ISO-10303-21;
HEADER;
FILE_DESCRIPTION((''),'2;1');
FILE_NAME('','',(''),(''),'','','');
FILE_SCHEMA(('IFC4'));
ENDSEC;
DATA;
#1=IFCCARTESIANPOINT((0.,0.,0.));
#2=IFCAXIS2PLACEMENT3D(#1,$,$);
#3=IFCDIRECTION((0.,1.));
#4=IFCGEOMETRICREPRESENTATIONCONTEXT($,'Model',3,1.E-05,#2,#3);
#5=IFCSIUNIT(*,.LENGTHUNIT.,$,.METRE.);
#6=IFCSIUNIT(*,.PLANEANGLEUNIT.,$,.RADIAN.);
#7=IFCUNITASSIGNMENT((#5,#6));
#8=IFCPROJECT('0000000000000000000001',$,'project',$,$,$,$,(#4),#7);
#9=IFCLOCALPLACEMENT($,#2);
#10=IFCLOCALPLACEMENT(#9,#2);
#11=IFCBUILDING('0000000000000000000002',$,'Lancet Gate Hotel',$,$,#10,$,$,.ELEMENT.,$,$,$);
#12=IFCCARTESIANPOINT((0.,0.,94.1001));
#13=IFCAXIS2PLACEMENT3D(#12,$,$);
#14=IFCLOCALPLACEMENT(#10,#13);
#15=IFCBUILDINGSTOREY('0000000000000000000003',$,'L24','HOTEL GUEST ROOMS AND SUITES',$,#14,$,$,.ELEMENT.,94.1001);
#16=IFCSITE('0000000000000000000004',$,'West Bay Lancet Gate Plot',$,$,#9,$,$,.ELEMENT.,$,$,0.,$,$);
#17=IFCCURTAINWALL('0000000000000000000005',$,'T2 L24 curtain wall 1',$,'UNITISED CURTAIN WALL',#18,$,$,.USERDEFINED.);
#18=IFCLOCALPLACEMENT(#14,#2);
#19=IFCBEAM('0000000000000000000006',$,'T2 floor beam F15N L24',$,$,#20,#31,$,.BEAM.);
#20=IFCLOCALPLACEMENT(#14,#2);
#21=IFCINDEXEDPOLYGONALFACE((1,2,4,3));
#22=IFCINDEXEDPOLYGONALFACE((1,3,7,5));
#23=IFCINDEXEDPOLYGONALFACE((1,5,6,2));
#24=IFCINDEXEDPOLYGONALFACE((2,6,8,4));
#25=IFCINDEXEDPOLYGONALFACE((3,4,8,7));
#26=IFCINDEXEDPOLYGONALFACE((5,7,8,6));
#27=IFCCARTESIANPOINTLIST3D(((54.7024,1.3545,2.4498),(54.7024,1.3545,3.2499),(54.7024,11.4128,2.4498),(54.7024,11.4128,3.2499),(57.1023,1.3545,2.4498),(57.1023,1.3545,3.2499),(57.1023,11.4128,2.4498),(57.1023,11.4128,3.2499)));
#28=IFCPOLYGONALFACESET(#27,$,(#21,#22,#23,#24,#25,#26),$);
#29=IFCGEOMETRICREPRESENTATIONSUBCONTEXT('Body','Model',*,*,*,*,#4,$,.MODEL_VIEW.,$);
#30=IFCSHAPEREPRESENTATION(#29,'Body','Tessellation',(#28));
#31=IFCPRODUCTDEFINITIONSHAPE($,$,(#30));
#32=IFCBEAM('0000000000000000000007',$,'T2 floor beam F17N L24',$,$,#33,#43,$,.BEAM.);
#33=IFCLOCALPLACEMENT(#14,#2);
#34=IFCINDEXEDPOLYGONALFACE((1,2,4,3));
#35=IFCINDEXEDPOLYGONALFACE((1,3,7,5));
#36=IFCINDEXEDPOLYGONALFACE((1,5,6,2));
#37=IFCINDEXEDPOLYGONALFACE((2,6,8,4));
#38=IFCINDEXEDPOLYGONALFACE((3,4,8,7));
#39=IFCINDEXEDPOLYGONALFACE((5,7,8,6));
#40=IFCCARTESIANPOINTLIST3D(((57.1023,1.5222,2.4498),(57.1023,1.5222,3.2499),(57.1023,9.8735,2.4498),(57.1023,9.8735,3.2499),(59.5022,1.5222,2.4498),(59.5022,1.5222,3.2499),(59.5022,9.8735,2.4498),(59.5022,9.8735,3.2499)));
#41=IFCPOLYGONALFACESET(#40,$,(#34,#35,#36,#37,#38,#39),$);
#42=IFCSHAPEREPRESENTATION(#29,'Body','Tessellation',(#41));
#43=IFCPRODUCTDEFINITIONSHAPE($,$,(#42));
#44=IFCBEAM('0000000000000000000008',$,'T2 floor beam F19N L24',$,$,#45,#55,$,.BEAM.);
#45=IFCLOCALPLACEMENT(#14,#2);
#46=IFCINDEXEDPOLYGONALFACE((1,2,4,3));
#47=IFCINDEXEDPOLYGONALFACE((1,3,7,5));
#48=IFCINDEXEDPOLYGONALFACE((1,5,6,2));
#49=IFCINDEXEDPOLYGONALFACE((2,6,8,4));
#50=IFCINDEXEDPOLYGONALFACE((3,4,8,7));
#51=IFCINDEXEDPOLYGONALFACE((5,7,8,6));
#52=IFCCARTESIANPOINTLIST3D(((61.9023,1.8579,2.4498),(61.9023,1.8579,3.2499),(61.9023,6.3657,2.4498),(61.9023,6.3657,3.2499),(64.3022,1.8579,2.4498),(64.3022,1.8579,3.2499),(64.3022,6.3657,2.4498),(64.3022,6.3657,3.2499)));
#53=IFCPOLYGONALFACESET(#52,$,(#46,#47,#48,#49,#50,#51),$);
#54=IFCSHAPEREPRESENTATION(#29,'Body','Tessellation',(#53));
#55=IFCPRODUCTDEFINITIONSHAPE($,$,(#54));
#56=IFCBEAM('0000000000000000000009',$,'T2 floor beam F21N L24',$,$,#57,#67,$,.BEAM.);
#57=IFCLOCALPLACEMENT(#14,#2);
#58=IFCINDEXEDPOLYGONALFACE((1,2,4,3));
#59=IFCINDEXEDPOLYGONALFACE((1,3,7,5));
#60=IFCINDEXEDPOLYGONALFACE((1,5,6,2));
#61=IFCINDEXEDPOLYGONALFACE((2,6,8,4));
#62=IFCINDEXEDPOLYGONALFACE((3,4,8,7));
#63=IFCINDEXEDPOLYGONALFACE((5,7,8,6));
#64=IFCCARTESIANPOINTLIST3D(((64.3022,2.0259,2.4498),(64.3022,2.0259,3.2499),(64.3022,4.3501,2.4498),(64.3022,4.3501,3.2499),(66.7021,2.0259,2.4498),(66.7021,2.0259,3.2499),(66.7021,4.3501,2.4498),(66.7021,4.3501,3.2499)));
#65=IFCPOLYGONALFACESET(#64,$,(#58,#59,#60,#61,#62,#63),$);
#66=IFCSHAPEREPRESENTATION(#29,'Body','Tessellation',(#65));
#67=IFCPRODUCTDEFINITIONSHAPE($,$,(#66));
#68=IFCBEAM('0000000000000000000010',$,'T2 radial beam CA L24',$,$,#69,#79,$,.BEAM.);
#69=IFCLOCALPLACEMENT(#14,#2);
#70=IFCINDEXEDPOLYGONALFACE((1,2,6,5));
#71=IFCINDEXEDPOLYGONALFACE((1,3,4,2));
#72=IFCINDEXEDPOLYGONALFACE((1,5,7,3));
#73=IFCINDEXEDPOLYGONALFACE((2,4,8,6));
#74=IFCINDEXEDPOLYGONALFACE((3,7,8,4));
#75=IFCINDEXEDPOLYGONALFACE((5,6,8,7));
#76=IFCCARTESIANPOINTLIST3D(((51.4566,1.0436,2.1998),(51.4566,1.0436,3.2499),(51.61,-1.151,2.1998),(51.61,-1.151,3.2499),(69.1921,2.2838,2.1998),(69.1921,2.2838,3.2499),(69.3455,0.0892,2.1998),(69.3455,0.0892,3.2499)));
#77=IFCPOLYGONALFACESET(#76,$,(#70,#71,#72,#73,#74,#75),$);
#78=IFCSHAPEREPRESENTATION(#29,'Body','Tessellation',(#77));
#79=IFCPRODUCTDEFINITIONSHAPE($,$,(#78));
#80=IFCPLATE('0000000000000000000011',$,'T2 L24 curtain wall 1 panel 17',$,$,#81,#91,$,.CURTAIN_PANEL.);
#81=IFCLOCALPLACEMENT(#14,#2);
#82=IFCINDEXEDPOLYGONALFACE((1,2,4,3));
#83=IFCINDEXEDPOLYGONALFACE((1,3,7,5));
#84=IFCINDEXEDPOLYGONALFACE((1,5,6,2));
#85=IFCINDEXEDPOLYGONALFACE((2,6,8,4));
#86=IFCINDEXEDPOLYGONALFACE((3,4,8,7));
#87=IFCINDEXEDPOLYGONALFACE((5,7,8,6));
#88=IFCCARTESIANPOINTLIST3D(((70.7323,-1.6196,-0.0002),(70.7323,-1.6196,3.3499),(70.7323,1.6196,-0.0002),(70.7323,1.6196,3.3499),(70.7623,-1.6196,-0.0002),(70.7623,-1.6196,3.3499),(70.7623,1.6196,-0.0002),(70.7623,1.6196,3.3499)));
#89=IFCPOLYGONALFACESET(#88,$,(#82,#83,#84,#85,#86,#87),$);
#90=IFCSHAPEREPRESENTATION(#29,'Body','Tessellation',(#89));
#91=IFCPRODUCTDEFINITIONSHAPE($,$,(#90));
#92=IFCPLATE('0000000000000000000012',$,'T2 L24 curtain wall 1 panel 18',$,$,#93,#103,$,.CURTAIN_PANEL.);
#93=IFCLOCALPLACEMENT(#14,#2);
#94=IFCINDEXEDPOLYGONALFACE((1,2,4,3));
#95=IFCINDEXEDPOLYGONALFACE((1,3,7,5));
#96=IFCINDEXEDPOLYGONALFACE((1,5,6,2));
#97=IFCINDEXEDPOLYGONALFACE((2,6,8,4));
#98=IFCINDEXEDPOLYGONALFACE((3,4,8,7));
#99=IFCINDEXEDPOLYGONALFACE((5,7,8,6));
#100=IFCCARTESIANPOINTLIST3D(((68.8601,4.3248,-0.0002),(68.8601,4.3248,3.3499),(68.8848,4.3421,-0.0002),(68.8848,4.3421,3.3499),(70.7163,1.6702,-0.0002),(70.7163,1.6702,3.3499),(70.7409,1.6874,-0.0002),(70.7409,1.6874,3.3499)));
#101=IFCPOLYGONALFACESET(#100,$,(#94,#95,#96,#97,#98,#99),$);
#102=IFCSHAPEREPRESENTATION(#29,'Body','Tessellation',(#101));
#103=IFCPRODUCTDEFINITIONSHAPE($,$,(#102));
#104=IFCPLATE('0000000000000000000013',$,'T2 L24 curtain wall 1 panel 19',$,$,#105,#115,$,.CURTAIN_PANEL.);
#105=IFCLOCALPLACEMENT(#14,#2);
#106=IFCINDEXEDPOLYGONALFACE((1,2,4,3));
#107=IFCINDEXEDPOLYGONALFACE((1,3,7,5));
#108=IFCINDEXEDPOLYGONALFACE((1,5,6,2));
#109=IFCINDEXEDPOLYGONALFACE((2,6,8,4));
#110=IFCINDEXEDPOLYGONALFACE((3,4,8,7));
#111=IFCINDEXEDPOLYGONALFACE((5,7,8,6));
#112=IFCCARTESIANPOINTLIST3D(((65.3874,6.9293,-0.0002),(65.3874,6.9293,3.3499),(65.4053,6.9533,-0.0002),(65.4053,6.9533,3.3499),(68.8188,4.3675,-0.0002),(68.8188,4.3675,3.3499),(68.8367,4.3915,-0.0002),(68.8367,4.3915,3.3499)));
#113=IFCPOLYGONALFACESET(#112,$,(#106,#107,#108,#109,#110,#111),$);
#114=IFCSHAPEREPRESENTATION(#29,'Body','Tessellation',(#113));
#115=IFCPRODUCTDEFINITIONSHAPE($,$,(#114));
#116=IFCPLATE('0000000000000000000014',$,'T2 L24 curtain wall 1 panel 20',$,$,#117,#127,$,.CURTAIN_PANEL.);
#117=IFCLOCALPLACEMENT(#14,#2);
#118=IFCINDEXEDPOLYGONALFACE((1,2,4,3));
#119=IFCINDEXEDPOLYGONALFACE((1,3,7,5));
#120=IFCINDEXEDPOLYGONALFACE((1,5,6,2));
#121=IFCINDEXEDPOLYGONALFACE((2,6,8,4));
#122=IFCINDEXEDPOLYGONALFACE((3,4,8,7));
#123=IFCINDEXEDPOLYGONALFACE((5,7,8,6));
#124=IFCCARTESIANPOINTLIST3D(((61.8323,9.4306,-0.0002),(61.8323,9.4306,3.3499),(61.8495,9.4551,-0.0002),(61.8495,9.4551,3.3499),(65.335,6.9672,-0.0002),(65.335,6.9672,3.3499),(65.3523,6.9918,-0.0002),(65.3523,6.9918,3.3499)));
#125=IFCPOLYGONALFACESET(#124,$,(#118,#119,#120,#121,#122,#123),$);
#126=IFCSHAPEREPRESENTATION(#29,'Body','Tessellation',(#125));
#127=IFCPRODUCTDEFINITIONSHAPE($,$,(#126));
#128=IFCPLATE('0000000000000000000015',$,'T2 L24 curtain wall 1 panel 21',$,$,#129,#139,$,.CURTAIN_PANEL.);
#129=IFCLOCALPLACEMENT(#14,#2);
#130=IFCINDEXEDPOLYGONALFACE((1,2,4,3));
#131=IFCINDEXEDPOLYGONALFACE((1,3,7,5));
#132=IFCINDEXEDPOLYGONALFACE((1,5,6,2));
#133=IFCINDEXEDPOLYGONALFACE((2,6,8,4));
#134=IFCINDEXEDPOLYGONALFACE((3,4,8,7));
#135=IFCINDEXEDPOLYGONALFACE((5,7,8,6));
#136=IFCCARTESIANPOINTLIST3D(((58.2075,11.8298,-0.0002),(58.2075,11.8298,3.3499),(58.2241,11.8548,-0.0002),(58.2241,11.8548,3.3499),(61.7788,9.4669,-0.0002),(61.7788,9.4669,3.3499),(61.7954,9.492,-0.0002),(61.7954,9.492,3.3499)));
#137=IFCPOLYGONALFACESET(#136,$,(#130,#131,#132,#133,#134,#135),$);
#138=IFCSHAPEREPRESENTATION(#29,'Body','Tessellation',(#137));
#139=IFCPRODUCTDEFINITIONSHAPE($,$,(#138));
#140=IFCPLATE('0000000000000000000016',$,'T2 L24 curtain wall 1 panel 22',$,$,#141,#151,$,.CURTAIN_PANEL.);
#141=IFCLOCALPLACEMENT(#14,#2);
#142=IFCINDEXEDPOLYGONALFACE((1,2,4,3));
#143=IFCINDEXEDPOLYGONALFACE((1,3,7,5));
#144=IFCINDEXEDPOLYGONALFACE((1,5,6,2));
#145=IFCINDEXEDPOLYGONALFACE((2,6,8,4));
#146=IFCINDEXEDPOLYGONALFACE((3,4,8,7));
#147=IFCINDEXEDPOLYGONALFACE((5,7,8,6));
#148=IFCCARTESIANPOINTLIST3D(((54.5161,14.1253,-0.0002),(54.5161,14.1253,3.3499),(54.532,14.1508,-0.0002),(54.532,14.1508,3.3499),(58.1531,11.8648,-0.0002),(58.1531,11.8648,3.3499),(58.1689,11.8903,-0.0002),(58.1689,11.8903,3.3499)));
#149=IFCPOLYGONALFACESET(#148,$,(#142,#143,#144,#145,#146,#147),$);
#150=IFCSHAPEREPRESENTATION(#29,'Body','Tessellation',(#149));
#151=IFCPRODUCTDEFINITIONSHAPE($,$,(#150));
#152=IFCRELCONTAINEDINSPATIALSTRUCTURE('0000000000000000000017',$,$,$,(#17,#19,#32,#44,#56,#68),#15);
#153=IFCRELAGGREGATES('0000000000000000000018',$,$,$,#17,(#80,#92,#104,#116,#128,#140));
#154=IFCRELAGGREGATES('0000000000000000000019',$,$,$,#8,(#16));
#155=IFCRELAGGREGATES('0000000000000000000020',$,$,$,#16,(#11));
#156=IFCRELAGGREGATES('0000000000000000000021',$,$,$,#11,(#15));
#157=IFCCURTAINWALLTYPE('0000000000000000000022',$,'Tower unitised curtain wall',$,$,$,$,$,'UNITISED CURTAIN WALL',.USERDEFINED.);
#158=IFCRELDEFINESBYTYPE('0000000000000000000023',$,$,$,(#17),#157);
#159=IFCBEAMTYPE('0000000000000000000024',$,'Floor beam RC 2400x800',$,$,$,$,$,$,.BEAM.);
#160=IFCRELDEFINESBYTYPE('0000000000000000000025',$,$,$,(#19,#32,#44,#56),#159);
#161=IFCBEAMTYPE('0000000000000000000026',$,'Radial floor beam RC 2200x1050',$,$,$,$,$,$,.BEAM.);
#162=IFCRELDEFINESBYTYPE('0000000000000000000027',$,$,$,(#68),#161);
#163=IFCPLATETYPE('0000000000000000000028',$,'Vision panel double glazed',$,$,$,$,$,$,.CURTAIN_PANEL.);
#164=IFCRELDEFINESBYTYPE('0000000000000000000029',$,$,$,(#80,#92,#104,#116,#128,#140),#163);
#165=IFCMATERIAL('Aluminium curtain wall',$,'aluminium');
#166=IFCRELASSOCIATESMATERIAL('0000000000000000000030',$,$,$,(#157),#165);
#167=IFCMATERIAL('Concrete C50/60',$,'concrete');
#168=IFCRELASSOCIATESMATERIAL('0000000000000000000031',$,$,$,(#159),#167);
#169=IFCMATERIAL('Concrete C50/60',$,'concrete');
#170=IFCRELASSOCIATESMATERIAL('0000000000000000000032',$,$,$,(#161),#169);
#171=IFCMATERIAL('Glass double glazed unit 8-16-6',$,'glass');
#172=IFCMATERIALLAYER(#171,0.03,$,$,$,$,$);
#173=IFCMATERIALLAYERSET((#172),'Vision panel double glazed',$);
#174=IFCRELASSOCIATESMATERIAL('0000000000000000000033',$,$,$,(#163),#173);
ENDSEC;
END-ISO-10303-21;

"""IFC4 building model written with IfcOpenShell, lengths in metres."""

from ifc_helpers import new_model, si_unit, direction, frame, origin, origin_2d, place, context, subcontext, project, spatial, rectangle, extrude, material, layer, layer_set, material_profile, profile_set, type_object, element, aggregate, save


model = new_model("IFC4")

# Units and contexts
model_context = context("Model", 3, precision=1e-05, world=origin(), true_north=direction((0.0, 1.0)))
body_context = subcontext(model_context, "Body", "Model", "MODEL_VIEW")
ifc_project = project(units=[si_unit("LENGTHUNIT", "METRE"), si_unit("PLANEANGLEUNIT", "RADIAN")], contexts=[model_context])

# Site, building, storey
site_placement = place(None, origin())
site = spatial("IfcSite", under=ifc_project, at=site_placement, Name="West Bay Lancet Gate Plot", CompositionType="ELEMENT", RefElevation=0.0)
building_placement = place(site_placement, origin())
building = spatial("IfcBuilding", under=site, at=building_placement, Name="Lancet Gate Hotel", CompositionType="ELEMENT")
storey_placement = place(building_placement, frame((0.0, 0.0, 94.1001)))
storey = spatial("IfcBuildingStorey", under=building, at=storey_placement, Name="L24", Description="HOTEL GUEST ROOMS AND SUITES", CompositionType="ELEMENT", Elevation=94.1001)

# Curtain wall
ifc_material_1 = material(Name="Aluminium curtain wall", Category="aluminium")
curtain_wall_type = type_object("IfcCurtainWallType", Name="Tower unitised curtain wall", ElementType="UNITISED CURTAIN WALL", PredefinedType="USERDEFINED", material=ifc_material_1)
curtain_wall_placement = place(storey_placement, origin())
curtain_wall = element("IfcCurtainWall", 1, at=curtain_wall_placement, inside=storey, type_object=curtain_wall_type, Name="T2 L24 curtain wall 1", ObjectType="UNITISED CURTAIN WALL", PredefinedType="USERDEFINED")

# Beams
ifc_material_2 = material(Name="Concrete C50/60", Category="concrete")
ifc_material_profile_1 = material_profile(ifc_material_2, rectangle(XDim=2.3999, YDim=0.8, at=origin_2d()), Name="RC 2400x800")
ifc_profile_set_1 = profile_set([ifc_material_profile_1], Name="Concrete C50/60")
beam_type_1 = type_object("IfcBeamType", Name="Floor beam RC 2400x800", PredefinedType="BEAM", material=ifc_profile_set_1)
beam_1_placement = place(storey_placement, frame((55.9023, 1.3545, 2.8499), z_axis=(0.0, 1.0, 0.0), x_axis=(-1.0, 0.0, 0.0)))
element("IfcBeam", 2, at=beam_1_placement, inside=storey, type_object=beam_type_1, Name="T2 floor beam F15N L24", PredefinedType="BEAM", context=body_context, shape_type="SweptSolid", body=[
    extrude(rectangle(XDim=2.3999, YDim=0.8, at=origin_2d()), origin(), (0.0, 0.0, 1.0), 10.0583),
])
beam_2_placement = place(storey_placement, frame((58.3022, 1.5222, 2.8499), z_axis=(0.0, 1.0, 0.0), x_axis=(-1.0, 0.0, 0.0)))
element("IfcBeam", 3, at=beam_2_placement, inside=storey, type_object=beam_type_1, Name="T2 floor beam F17N L24", PredefinedType="BEAM", context=body_context, shape_type="SweptSolid", body=[
    extrude(rectangle(XDim=2.3999, YDim=0.8, at=origin_2d()), origin(), (0.0, 0.0, 1.0), 8.3513),
])
beam_3_placement = place(storey_placement, frame((63.1023, 1.8579, 2.8499), z_axis=(0.0, 1.0, 0.0), x_axis=(-1.0, 0.0, 0.0)))
element("IfcBeam", 4, at=beam_3_placement, inside=storey, type_object=beam_type_1, Name="T2 floor beam F19N L24", PredefinedType="BEAM", context=body_context, shape_type="SweptSolid", body=[
    extrude(rectangle(XDim=2.3999, YDim=0.8, at=origin_2d()), origin(), (0.0, 0.0, 1.0), 4.5078),
])
beam_4_placement = place(storey_placement, frame((65.5022, 2.0259, 2.8499), z_axis=(0.0, 1.0, 0.0), x_axis=(-1.0, 0.0, 0.0)))
element("IfcBeam", 5, at=beam_4_placement, inside=storey, type_object=beam_type_1, Name="T2 floor beam F21N L24", PredefinedType="BEAM", context=body_context, shape_type="SweptSolid", body=[
    extrude(rectangle(XDim=2.3999, YDim=0.8, at=origin_2d()), origin(), (0.0, 0.0, 1.0), 2.3242),
])
ifc_material_3 = material(Name="Concrete C50/60", Category="concrete")
ifc_material_profile_2 = material_profile(ifc_material_3, rectangle(XDim=2.2, YDim=1.05, at=origin_2d()), Name="RC 2200x1050")
ifc_profile_set_2 = profile_set([ifc_material_profile_2], Name="Concrete C50/60")
beam_type_2 = type_object("IfcBeamType", Name="Radial floor beam RC 2200x1050", PredefinedType="BEAM", material=ifc_profile_set_2)
beam_5_placement = place(storey_placement, frame((69.2688, 1.1865, 2.7249), z_axis=(-0.997564, -0.069759, 0.0), x_axis=(0.069759, -0.997564, 0.0)))
element("IfcBeam", 6, at=beam_5_placement, inside=storey, type_object=beam_type_2, Name="T2 radial beam CA L24", PredefinedType="BEAM", context=body_context, shape_type="SweptSolid", body=[
    extrude(rectangle(XDim=2.2, YDim=1.05, at=origin_2d()), origin(), (0.0, 0.0, 1.0), 17.7788),
])

# Plates
ifc_material_4 = material(Name="Glass double glazed unit 8-16-6", Category="glass")
ifc_layer = layer(ifc_material_4, 0.03)
ifc_layer_set = layer_set([ifc_layer], Name="Vision panel double glazed")
plate_type = type_object("IfcPlateType", Name="Vision panel double glazed", PredefinedType="CURTAIN_PANEL", material=ifc_layer_set)
plate_1_placement = place(storey_placement, frame((70.7473, 0.0, -0.0002), z_axis=(0.0, 0.0, 1.0), x_axis=(0.0, 1.0, 0.0)))
plate_1 = element("IfcPlate", 7, at=plate_1_placement, type_object=plate_type, Name="T2 L24 curtain wall 1 panel 17", PredefinedType="CURTAIN_PANEL", context=body_context, shape_type="SweptSolid", body=[
    extrude(rectangle(XDim=3.2393, YDim=0.03, at=origin_2d()), origin(), (0.0, 0.0, 1.0), 3.3501),
])
plate_2_placement = place(storey_placement, frame((69.8005, 3.0061, -0.0002), z_axis=(0.0, 0.0, 1.0), x_axis=(-0.573025, 0.819538, 0.0)))
plate_2 = element("IfcPlate", 8, at=plate_2_placement, type_object=plate_type, Name="T2 L24 curtain wall 1 panel 18", PredefinedType="CURTAIN_PANEL", context=body_context, shape_type="SweptSolid", body=[
    extrude(rectangle(XDim=3.2393, YDim=0.03, at=origin_2d()), origin(), (0.0, 0.0, 1.0), 3.3501),
])
plate_3_placement = place(storey_placement, frame((67.1121, 5.6604, -0.0002), z_axis=(0.0, 0.0, 1.0), x_axis=(-0.801314, 0.598244, 0.0)))
plate_3 = element("IfcPlate", 9, at=plate_3_placement, type_object=plate_type, Name="T2 L24 curtain wall 1 panel 19", PredefinedType="CURTAIN_PANEL", context=body_context, shape_type="SweptSolid", body=[
    extrude(rectangle(XDim=4.2822, YDim=0.03, at=origin_2d()), origin(), (0.0, 0.0, 1.0), 3.3501),
])
plate_4_placement = place(storey_placement, frame((63.5923, 8.2112, -0.0002), z_axis=(0.0, 0.0, 1.0), x_axis=(-0.817979, 0.575247, 0.0)))
plate_4 = element("IfcPlate", 10, at=plate_4_placement, type_object=plate_type, Name="T2 L24 curtain wall 1 panel 20", PredefinedType="CURTAIN_PANEL", context=body_context, shape_type="SweptSolid", body=[
    extrude(rectangle(XDim=4.2822, YDim=0.03, at=origin_2d()), origin(), (0.0, 0.0, 1.0), 3.3501),
])
plate_5_placement = place(storey_placement, frame((60.0015, 10.6609, -0.0002), z_axis=(0.0, 0.0, 1.0), x_axis=(-0.833985, 0.551787, 0.0)))
plate_5 = element("IfcPlate", 11, at=plate_5_placement, type_object=plate_type, Name="T2 L24 curtain wall 1 panel 21", PredefinedType="CURTAIN_PANEL", context=body_context, shape_type="SweptSolid", body=[
    extrude(rectangle(XDim=4.2822, YDim=0.03, at=origin_2d()), origin(), (0.0, 0.0, 1.0), 3.3501),
])
plate_6_placement = place(storey_placement, frame((56.3425, 13.0078, -0.0002), z_axis=(0.0, 0.0, 1.0), x_axis=(-0.849318, 0.527882, 0.0)))
plate_6 = element("IfcPlate", 12, at=plate_6_placement, type_object=plate_type, Name="T2 L24 curtain wall 1 panel 22", PredefinedType="CURTAIN_PANEL", context=body_context, shape_type="SweptSolid", body=[
    extrude(rectangle(XDim=4.2822, YDim=0.03, at=origin_2d()), origin(), (0.0, 0.0, 1.0), 3.3501),
])
aggregate(curtain_wall, [plate_1, plate_2, plate_3, plate_4, plate_5, plate_6])

save(model, "model.ifc")
